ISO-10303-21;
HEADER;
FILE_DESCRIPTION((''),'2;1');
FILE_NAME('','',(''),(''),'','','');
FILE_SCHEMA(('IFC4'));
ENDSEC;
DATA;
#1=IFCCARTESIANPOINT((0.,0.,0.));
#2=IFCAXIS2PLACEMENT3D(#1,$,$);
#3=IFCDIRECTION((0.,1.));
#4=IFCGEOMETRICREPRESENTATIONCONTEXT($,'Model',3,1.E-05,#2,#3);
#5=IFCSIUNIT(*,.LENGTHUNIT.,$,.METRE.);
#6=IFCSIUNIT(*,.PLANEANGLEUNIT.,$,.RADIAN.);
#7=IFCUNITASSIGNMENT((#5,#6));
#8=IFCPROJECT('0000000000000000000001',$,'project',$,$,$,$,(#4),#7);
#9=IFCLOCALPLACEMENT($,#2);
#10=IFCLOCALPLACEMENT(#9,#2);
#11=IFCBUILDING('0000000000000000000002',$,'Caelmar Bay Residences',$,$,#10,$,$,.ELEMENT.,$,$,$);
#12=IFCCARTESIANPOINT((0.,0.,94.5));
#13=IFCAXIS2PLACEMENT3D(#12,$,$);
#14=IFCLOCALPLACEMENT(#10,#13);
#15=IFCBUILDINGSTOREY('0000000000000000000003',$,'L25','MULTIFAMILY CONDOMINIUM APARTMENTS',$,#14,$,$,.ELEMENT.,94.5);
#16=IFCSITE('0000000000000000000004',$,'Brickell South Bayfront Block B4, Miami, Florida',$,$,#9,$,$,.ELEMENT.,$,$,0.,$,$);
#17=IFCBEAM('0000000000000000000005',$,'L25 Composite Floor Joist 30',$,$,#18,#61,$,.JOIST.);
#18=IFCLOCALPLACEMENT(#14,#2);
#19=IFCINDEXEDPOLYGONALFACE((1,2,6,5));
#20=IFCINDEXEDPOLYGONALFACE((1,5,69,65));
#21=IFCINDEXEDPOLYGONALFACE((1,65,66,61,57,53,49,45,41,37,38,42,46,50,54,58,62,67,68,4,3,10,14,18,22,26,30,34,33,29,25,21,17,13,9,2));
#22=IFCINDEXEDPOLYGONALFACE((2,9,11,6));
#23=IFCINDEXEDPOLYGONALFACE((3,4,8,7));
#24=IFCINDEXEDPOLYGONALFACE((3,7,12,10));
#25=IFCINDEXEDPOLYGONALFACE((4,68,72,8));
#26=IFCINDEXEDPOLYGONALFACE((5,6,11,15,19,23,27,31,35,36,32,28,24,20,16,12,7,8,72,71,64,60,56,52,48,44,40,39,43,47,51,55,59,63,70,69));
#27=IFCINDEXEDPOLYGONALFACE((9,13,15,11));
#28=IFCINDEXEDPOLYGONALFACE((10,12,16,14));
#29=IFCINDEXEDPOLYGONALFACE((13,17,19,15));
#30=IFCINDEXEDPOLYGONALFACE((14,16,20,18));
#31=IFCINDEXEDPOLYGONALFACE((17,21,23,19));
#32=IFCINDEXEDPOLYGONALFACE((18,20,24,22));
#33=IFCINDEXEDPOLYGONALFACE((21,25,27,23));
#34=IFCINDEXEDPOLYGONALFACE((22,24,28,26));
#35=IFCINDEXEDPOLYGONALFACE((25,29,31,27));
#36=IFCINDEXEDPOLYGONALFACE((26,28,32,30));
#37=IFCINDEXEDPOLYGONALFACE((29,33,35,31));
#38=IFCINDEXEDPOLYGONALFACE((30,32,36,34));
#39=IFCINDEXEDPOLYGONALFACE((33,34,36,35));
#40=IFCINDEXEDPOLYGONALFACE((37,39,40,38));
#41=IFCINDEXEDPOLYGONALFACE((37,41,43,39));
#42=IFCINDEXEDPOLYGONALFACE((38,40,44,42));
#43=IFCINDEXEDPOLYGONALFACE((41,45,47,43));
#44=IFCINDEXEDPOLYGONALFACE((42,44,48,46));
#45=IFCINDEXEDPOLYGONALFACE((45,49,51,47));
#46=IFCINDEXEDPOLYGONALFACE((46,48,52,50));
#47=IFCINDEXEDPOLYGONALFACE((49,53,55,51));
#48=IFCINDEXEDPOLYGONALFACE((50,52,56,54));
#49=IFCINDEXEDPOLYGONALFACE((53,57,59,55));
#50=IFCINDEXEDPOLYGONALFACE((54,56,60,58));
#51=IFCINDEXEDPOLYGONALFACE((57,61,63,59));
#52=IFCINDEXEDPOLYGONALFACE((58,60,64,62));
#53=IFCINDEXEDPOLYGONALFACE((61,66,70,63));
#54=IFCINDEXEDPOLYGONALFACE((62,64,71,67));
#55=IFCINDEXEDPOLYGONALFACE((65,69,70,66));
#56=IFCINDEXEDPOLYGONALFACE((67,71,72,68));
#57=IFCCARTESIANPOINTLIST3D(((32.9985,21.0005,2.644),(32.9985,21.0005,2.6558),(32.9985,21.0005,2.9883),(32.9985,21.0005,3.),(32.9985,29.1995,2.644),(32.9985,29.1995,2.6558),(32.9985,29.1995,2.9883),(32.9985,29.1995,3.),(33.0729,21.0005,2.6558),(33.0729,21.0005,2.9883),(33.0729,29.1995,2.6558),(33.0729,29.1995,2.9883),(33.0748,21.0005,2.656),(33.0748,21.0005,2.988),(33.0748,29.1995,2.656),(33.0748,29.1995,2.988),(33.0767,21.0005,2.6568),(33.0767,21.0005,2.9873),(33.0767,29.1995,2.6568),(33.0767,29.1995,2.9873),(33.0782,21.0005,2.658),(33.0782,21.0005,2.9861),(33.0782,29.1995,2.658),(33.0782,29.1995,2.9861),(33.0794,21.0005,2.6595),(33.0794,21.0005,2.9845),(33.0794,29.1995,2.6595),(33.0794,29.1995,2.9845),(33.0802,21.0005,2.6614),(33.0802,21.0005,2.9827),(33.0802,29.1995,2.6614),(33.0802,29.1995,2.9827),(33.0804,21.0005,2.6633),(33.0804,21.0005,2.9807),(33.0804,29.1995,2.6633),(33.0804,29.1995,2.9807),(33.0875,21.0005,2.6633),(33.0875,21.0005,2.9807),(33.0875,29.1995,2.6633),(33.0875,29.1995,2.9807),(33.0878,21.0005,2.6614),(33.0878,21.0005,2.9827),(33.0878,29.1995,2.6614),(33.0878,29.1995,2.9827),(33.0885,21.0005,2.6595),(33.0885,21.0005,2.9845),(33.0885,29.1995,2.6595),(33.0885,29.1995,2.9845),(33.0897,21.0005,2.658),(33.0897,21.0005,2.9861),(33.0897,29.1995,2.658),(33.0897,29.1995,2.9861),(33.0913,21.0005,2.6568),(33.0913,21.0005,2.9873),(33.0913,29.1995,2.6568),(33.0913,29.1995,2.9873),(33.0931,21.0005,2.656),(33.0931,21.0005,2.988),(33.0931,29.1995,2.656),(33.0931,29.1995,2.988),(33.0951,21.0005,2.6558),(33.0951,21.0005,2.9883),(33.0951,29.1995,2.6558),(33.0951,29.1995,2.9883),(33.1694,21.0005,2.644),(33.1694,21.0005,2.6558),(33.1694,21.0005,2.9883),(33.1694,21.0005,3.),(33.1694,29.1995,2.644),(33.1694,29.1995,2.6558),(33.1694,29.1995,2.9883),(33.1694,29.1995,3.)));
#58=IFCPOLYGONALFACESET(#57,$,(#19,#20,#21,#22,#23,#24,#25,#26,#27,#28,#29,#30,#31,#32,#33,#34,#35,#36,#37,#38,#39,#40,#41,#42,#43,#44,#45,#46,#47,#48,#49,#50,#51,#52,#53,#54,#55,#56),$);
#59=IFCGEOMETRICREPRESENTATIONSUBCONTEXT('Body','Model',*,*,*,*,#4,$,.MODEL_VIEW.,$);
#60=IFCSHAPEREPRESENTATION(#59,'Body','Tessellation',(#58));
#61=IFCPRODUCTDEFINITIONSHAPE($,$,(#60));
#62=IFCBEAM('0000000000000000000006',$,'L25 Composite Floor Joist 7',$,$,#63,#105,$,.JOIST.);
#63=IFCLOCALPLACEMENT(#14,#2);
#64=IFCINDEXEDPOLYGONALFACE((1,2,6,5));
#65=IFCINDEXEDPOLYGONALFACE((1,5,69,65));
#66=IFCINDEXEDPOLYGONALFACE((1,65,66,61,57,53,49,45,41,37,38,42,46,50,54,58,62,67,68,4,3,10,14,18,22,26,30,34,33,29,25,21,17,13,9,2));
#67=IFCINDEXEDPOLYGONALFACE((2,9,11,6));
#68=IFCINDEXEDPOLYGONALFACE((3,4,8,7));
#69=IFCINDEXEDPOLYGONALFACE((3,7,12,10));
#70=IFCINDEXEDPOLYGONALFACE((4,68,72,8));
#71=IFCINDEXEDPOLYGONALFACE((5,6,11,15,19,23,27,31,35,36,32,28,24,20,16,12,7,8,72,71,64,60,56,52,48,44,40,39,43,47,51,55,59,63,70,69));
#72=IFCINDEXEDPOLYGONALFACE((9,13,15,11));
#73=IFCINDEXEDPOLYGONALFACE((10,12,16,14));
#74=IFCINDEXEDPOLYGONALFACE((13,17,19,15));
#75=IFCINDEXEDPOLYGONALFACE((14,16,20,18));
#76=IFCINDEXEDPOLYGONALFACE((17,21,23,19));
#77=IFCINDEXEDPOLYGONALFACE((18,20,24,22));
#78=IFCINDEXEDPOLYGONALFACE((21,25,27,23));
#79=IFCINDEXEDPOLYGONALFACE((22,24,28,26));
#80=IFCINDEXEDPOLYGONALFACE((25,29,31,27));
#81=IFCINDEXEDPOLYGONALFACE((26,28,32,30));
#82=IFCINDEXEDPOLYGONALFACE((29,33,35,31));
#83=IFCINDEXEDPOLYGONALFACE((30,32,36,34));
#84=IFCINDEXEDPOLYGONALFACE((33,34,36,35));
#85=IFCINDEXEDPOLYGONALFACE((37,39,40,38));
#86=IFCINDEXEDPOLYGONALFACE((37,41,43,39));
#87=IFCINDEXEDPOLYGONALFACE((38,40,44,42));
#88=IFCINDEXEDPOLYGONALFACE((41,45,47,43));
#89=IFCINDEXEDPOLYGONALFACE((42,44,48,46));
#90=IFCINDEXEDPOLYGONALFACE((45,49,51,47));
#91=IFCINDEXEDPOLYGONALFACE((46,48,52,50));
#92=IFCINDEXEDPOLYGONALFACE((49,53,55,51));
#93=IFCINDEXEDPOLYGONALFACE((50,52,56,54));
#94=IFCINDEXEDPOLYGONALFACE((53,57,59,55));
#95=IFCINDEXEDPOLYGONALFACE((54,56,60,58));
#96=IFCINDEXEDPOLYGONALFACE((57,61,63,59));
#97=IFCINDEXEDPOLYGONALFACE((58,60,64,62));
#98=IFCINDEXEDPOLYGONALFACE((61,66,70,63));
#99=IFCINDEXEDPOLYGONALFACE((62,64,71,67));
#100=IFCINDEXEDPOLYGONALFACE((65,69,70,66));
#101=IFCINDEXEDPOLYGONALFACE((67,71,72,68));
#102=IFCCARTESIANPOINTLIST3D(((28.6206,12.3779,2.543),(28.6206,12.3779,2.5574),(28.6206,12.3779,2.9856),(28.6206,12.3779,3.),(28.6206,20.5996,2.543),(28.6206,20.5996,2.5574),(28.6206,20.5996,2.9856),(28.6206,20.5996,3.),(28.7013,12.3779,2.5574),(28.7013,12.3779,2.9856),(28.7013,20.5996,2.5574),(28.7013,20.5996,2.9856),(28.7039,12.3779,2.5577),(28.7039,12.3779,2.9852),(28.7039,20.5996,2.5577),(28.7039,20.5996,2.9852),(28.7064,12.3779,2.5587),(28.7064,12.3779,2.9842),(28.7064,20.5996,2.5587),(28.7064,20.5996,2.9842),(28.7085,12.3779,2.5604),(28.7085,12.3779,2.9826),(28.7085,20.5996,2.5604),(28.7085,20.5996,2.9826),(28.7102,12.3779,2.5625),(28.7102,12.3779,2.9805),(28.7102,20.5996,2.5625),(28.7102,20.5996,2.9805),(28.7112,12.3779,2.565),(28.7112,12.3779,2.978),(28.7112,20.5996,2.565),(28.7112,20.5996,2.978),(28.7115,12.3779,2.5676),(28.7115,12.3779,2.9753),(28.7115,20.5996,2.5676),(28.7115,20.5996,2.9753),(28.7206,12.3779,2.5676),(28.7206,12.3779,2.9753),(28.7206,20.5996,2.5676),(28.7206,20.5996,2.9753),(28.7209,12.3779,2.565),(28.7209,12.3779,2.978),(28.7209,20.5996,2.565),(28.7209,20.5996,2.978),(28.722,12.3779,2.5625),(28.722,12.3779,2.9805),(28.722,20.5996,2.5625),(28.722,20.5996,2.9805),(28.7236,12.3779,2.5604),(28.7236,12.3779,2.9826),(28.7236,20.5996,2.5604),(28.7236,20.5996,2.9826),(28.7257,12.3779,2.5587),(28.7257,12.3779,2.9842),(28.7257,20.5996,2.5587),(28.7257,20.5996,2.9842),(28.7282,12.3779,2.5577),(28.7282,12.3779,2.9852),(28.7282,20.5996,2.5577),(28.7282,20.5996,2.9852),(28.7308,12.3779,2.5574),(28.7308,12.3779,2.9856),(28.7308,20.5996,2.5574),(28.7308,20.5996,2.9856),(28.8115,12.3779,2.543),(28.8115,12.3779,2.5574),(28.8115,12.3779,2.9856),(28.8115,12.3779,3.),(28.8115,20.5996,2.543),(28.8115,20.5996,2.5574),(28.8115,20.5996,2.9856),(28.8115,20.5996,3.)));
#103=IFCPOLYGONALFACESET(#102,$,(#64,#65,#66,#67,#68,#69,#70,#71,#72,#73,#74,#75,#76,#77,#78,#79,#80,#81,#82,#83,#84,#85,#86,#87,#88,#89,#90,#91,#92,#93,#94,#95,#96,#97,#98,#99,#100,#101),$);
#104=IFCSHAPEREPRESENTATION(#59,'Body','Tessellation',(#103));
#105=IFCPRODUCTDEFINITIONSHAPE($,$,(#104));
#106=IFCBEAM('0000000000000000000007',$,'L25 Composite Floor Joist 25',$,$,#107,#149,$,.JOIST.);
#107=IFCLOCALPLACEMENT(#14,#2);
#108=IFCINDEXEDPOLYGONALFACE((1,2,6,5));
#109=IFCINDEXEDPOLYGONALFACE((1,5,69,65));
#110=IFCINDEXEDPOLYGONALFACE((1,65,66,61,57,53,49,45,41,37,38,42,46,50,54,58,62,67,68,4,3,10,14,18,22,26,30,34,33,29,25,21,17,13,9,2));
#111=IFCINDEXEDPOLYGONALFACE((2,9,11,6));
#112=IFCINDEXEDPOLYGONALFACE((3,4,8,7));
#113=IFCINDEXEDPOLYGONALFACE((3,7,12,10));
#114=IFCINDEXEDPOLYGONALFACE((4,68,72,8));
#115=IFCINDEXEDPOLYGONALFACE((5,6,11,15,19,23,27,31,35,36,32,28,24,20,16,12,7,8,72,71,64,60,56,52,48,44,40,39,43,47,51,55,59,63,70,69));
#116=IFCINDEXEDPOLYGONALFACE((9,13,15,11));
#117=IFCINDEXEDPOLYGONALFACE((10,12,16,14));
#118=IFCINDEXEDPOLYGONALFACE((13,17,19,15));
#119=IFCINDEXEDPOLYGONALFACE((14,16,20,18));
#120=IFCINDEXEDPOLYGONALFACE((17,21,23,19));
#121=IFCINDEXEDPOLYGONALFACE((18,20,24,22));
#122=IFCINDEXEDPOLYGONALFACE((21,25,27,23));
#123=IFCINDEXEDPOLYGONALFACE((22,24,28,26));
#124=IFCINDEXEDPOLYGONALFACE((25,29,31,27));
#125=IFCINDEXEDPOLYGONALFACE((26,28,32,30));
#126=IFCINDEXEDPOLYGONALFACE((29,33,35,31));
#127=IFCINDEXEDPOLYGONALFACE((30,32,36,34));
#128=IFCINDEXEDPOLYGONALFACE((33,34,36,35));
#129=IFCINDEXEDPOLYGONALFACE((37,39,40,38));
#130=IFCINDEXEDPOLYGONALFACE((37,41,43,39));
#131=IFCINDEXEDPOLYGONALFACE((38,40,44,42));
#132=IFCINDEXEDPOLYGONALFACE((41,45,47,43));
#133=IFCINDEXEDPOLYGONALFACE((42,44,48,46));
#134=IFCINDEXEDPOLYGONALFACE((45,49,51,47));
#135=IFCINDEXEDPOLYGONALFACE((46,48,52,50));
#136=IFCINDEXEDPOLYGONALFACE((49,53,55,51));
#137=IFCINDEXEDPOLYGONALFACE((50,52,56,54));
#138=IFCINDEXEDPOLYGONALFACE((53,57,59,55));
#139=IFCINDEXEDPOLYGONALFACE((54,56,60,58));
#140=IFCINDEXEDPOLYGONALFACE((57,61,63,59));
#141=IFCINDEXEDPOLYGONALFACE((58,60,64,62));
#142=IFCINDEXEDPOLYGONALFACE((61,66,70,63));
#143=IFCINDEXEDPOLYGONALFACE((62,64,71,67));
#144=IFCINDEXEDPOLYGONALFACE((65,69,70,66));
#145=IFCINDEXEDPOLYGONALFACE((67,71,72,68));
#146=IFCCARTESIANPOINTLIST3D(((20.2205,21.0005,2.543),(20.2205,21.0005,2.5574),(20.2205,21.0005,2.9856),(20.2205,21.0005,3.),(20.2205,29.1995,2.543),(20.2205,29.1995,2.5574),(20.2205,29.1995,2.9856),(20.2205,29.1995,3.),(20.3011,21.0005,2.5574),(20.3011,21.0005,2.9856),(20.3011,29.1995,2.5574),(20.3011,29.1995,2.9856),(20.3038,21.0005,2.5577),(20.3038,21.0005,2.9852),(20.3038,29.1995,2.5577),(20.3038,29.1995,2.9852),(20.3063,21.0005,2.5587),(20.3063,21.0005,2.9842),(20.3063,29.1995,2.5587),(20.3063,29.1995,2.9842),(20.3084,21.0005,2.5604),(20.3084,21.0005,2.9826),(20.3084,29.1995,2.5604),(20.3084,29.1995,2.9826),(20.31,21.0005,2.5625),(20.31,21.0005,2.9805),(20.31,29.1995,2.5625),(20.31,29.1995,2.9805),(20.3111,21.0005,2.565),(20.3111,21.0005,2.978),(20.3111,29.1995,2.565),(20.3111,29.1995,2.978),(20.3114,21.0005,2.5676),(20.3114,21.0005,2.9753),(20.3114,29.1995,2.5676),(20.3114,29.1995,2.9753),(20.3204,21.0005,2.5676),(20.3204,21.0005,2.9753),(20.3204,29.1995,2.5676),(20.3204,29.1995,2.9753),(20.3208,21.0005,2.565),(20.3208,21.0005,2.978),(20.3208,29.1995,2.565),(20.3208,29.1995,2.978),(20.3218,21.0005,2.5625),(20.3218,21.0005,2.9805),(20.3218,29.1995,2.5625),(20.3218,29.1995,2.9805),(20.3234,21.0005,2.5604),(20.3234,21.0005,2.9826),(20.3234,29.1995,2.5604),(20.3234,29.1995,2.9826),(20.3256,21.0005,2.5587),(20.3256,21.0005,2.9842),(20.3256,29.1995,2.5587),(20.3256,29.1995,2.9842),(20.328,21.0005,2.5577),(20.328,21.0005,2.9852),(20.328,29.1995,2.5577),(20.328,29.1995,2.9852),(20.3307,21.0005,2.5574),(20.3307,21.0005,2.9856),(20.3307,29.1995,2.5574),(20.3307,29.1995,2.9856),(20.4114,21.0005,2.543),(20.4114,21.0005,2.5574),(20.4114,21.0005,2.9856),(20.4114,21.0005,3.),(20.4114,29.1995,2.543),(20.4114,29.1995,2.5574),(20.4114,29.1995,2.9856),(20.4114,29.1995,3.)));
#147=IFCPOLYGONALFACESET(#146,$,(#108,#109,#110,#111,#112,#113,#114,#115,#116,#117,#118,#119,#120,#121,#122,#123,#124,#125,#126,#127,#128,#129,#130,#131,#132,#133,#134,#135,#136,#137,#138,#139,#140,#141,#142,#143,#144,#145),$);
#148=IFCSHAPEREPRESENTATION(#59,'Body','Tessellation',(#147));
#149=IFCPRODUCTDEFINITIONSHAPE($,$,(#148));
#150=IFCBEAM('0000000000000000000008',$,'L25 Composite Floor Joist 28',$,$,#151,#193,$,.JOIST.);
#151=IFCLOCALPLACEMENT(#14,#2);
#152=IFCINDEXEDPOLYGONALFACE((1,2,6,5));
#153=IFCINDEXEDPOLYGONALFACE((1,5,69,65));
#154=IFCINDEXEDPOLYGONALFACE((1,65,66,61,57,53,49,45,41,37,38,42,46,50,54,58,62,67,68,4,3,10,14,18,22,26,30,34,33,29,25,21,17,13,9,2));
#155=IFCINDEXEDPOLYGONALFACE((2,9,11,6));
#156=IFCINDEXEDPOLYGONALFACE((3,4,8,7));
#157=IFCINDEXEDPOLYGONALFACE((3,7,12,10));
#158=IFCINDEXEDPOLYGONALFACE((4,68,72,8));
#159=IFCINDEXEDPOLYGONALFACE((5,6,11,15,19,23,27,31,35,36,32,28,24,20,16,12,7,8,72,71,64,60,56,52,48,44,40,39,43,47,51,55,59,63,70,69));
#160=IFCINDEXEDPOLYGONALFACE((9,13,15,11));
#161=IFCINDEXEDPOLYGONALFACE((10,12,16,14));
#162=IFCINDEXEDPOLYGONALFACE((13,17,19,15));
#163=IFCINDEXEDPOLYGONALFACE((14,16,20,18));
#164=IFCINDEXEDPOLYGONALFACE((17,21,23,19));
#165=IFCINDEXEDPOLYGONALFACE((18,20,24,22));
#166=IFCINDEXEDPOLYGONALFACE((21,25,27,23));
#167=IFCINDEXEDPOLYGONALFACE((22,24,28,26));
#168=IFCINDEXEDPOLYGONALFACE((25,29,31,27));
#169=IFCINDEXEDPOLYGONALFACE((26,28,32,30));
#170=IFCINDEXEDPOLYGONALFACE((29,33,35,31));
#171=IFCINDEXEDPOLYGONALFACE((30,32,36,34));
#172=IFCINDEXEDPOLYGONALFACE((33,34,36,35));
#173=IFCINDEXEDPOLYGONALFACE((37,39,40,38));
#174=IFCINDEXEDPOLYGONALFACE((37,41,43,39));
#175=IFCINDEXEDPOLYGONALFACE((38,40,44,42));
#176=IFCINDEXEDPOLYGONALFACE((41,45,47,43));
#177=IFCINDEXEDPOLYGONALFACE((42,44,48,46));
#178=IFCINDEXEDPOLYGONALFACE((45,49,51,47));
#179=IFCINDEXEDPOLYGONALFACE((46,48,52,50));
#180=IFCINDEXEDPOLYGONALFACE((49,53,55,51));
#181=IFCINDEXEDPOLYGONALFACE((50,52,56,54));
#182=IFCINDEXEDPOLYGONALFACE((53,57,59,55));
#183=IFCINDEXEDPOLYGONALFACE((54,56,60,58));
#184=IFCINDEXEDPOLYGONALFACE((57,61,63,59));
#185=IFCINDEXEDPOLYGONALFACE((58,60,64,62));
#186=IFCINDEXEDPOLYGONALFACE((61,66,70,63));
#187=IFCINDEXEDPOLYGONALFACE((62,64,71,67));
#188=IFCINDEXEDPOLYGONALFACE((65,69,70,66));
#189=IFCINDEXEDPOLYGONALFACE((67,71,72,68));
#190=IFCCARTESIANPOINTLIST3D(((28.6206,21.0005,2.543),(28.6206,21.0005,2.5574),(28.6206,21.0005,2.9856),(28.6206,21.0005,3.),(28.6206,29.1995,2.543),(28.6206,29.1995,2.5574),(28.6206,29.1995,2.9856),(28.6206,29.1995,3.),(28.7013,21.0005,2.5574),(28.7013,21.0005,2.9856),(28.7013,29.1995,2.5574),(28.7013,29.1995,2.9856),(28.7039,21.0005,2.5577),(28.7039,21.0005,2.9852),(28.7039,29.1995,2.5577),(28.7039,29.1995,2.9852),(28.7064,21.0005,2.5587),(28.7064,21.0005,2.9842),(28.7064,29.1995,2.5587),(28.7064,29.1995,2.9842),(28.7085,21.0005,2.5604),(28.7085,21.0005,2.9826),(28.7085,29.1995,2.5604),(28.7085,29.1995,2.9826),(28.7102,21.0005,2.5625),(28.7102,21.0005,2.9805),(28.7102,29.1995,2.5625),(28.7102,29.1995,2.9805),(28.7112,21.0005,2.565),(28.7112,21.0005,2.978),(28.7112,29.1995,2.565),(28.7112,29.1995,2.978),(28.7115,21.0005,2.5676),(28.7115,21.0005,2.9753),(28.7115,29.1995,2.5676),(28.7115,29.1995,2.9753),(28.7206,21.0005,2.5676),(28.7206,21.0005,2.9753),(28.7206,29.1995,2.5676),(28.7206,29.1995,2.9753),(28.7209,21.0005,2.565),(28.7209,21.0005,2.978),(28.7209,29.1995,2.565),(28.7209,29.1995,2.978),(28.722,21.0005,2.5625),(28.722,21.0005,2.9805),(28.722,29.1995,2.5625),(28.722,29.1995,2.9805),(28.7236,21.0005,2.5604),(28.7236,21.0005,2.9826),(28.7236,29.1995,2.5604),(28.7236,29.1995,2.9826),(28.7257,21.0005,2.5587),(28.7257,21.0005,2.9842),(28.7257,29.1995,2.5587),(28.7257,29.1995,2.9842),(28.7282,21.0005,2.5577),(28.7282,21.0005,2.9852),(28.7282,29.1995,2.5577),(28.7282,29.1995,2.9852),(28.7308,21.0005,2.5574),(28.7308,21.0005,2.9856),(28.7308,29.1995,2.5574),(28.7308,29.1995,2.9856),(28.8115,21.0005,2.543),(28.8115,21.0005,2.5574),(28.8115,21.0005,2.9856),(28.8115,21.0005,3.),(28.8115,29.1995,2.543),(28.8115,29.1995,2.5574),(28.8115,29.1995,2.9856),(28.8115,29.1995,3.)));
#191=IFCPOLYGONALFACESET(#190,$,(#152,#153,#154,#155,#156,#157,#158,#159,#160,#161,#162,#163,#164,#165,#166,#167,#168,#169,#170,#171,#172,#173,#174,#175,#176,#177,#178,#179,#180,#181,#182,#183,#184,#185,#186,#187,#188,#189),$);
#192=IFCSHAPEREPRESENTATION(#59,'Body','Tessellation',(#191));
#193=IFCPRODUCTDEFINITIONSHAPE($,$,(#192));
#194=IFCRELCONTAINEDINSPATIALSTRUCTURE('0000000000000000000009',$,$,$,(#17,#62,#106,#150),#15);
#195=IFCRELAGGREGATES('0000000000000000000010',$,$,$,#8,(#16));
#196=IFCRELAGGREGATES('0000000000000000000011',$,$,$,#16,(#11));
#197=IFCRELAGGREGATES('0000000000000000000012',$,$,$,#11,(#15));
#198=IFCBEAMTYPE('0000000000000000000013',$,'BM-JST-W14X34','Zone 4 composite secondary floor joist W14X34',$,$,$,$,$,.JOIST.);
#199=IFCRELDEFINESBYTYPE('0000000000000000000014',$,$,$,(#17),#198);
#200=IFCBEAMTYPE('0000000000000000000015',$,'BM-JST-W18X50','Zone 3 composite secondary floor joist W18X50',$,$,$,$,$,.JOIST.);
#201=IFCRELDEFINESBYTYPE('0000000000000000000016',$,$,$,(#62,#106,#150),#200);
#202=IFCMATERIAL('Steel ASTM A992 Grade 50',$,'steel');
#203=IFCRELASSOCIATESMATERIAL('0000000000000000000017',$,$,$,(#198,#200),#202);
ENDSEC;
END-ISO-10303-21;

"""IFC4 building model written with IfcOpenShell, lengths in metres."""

from ifc_helpers import new_model, si_unit, direction, frame, origin, origin_2d, place, context, subcontext, project, spatial, i_section, extrude, material, material_profile, profile_set, type_object, element, save


model = new_model("IFC4")

# Units and contexts
model_context = context("Model", 3, precision=1e-05, world=origin(), true_north=direction((0.0, 1.0)))
body_context = subcontext(model_context, "Body", "Model", "MODEL_VIEW")
ifc_project = project(units=[si_unit("LENGTHUNIT", "METRE"), si_unit("PLANEANGLEUNIT", "RADIAN")], contexts=[model_context])

# Site, building, storey
site_placement = place(None, origin())
site = spatial("IfcSite", under=ifc_project, at=site_placement, Name="Brickell South Bayfront Block B4, Miami, Florida", CompositionType="ELEMENT", RefElevation=0.0)
building_placement = place(site_placement, origin())
building = spatial("IfcBuilding", under=site, at=building_placement, Name="Caelmar Bay Residences", CompositionType="ELEMENT")
storey_placement = place(building_placement, frame((0.0, 0.0, 94.5)))
storey = spatial("IfcBuildingStorey", under=building, at=storey_placement, Name="L25", Description="MULTIFAMILY CONDOMINIUM APARTMENTS", CompositionType="ELEMENT", Elevation=94.5)

# Beams
ifc_material_1 = material(Name="Steel ASTM A992 Grade 50", Category="steel")
ifc_material_profile_1 = material_profile(ifc_material_1, i_section(OverallWidth=0.1709, OverallDepth=0.356, WebThickness=0.0071, FlangeThickness=0.0117, FilletRadius=0.0076, at=origin_2d()), Name="W14X34")
ifc_profile_set_1 = profile_set([ifc_material_profile_1], Name="Steel ASTM A992 Grade 50")
beam_type_1 = type_object("IfcBeamType", Name="BM-JST-W14X34", Description="Zone 4 composite secondary floor joist W14X34", PredefinedType="JOIST", material=ifc_profile_set_1)
for number, where, z_axis, x_axis, name in (
    (1, (33.084, 21.0005, 2.822), (0.0, 1.0, 0.0), (-1.0, 0.0, 0.0), "L25 Composite Floor Joist 30"),
):
    element("IfcBeam", number, at=place(storey_placement, frame(where, z_axis=z_axis, x_axis=x_axis)), inside=storey, type_object=beam_type_1, Name=name, PredefinedType="JOIST", context=body_context, shape_type="SweptSolid", body=[
        extrude(i_section(OverallWidth=0.1709, OverallDepth=0.356, WebThickness=0.0071, FlangeThickness=0.0117, FilletRadius=0.0076, at=origin_2d()), origin(), (0.0, 0.0, 1.0), 8.199),
    ])
ifc_material_profile_2 = material_profile(ifc_material_1, i_section(OverallWidth=0.1909, OverallDepth=0.457, WebThickness=0.009, FlangeThickness=0.0144, FilletRadius=0.0103, at=origin_2d()), Name="W18X50")
ifc_profile_set_2 = profile_set([ifc_material_profile_2], Name="Steel ASTM A992 Grade 50")
beam_type_2 = type_object("IfcBeamType", Name="BM-JST-W18X50", Description="Zone 3 composite secondary floor joist W18X50", PredefinedType="JOIST", material=ifc_profile_set_2)
beam_1_placement = place(storey_placement, frame((28.7161, 12.3779, 2.7715), z_axis=(0.0, 1.0, 0.0), x_axis=(-1.0, 0.0, 0.0)))
element("IfcBeam", 2, at=beam_1_placement, inside=storey, type_object=beam_type_2, Name="L25 Composite Floor Joist 7", PredefinedType="JOIST", context=body_context, shape_type="SweptSolid", body=[
    extrude(i_section(OverallWidth=0.1909, OverallDepth=0.457, WebThickness=0.009, FlangeThickness=0.0144, FilletRadius=0.0103, at=origin_2d()), origin(), (0.0, 0.0, 1.0), 8.2217),
])
for number, where, z_axis, x_axis, name in (
    (3, (20.3159, 21.0005, 2.7715), (0.0, 1.0, 0.0), (-1.0, 0.0, 0.0), "L25 Composite Floor Joist 25"),
    (4, (28.7161, 21.0005, 2.7715), (0.0, 1.0, 0.0), (-1.0, 0.0, 0.0), "L25 Composite Floor Joist 28"),
):
    element("IfcBeam", number, at=place(storey_placement, frame(where, z_axis=z_axis, x_axis=x_axis)), inside=storey, type_object=beam_type_2, Name=name, PredefinedType="JOIST", context=body_context, shape_type="SweptSolid", body=[
        extrude(i_section(OverallWidth=0.1909, OverallDepth=0.457, WebThickness=0.009, FlangeThickness=0.0144, FilletRadius=0.0103, at=origin_2d()), origin(), (0.0, 0.0, 1.0), 8.199),
    ])

save(model, "model.ifc")
